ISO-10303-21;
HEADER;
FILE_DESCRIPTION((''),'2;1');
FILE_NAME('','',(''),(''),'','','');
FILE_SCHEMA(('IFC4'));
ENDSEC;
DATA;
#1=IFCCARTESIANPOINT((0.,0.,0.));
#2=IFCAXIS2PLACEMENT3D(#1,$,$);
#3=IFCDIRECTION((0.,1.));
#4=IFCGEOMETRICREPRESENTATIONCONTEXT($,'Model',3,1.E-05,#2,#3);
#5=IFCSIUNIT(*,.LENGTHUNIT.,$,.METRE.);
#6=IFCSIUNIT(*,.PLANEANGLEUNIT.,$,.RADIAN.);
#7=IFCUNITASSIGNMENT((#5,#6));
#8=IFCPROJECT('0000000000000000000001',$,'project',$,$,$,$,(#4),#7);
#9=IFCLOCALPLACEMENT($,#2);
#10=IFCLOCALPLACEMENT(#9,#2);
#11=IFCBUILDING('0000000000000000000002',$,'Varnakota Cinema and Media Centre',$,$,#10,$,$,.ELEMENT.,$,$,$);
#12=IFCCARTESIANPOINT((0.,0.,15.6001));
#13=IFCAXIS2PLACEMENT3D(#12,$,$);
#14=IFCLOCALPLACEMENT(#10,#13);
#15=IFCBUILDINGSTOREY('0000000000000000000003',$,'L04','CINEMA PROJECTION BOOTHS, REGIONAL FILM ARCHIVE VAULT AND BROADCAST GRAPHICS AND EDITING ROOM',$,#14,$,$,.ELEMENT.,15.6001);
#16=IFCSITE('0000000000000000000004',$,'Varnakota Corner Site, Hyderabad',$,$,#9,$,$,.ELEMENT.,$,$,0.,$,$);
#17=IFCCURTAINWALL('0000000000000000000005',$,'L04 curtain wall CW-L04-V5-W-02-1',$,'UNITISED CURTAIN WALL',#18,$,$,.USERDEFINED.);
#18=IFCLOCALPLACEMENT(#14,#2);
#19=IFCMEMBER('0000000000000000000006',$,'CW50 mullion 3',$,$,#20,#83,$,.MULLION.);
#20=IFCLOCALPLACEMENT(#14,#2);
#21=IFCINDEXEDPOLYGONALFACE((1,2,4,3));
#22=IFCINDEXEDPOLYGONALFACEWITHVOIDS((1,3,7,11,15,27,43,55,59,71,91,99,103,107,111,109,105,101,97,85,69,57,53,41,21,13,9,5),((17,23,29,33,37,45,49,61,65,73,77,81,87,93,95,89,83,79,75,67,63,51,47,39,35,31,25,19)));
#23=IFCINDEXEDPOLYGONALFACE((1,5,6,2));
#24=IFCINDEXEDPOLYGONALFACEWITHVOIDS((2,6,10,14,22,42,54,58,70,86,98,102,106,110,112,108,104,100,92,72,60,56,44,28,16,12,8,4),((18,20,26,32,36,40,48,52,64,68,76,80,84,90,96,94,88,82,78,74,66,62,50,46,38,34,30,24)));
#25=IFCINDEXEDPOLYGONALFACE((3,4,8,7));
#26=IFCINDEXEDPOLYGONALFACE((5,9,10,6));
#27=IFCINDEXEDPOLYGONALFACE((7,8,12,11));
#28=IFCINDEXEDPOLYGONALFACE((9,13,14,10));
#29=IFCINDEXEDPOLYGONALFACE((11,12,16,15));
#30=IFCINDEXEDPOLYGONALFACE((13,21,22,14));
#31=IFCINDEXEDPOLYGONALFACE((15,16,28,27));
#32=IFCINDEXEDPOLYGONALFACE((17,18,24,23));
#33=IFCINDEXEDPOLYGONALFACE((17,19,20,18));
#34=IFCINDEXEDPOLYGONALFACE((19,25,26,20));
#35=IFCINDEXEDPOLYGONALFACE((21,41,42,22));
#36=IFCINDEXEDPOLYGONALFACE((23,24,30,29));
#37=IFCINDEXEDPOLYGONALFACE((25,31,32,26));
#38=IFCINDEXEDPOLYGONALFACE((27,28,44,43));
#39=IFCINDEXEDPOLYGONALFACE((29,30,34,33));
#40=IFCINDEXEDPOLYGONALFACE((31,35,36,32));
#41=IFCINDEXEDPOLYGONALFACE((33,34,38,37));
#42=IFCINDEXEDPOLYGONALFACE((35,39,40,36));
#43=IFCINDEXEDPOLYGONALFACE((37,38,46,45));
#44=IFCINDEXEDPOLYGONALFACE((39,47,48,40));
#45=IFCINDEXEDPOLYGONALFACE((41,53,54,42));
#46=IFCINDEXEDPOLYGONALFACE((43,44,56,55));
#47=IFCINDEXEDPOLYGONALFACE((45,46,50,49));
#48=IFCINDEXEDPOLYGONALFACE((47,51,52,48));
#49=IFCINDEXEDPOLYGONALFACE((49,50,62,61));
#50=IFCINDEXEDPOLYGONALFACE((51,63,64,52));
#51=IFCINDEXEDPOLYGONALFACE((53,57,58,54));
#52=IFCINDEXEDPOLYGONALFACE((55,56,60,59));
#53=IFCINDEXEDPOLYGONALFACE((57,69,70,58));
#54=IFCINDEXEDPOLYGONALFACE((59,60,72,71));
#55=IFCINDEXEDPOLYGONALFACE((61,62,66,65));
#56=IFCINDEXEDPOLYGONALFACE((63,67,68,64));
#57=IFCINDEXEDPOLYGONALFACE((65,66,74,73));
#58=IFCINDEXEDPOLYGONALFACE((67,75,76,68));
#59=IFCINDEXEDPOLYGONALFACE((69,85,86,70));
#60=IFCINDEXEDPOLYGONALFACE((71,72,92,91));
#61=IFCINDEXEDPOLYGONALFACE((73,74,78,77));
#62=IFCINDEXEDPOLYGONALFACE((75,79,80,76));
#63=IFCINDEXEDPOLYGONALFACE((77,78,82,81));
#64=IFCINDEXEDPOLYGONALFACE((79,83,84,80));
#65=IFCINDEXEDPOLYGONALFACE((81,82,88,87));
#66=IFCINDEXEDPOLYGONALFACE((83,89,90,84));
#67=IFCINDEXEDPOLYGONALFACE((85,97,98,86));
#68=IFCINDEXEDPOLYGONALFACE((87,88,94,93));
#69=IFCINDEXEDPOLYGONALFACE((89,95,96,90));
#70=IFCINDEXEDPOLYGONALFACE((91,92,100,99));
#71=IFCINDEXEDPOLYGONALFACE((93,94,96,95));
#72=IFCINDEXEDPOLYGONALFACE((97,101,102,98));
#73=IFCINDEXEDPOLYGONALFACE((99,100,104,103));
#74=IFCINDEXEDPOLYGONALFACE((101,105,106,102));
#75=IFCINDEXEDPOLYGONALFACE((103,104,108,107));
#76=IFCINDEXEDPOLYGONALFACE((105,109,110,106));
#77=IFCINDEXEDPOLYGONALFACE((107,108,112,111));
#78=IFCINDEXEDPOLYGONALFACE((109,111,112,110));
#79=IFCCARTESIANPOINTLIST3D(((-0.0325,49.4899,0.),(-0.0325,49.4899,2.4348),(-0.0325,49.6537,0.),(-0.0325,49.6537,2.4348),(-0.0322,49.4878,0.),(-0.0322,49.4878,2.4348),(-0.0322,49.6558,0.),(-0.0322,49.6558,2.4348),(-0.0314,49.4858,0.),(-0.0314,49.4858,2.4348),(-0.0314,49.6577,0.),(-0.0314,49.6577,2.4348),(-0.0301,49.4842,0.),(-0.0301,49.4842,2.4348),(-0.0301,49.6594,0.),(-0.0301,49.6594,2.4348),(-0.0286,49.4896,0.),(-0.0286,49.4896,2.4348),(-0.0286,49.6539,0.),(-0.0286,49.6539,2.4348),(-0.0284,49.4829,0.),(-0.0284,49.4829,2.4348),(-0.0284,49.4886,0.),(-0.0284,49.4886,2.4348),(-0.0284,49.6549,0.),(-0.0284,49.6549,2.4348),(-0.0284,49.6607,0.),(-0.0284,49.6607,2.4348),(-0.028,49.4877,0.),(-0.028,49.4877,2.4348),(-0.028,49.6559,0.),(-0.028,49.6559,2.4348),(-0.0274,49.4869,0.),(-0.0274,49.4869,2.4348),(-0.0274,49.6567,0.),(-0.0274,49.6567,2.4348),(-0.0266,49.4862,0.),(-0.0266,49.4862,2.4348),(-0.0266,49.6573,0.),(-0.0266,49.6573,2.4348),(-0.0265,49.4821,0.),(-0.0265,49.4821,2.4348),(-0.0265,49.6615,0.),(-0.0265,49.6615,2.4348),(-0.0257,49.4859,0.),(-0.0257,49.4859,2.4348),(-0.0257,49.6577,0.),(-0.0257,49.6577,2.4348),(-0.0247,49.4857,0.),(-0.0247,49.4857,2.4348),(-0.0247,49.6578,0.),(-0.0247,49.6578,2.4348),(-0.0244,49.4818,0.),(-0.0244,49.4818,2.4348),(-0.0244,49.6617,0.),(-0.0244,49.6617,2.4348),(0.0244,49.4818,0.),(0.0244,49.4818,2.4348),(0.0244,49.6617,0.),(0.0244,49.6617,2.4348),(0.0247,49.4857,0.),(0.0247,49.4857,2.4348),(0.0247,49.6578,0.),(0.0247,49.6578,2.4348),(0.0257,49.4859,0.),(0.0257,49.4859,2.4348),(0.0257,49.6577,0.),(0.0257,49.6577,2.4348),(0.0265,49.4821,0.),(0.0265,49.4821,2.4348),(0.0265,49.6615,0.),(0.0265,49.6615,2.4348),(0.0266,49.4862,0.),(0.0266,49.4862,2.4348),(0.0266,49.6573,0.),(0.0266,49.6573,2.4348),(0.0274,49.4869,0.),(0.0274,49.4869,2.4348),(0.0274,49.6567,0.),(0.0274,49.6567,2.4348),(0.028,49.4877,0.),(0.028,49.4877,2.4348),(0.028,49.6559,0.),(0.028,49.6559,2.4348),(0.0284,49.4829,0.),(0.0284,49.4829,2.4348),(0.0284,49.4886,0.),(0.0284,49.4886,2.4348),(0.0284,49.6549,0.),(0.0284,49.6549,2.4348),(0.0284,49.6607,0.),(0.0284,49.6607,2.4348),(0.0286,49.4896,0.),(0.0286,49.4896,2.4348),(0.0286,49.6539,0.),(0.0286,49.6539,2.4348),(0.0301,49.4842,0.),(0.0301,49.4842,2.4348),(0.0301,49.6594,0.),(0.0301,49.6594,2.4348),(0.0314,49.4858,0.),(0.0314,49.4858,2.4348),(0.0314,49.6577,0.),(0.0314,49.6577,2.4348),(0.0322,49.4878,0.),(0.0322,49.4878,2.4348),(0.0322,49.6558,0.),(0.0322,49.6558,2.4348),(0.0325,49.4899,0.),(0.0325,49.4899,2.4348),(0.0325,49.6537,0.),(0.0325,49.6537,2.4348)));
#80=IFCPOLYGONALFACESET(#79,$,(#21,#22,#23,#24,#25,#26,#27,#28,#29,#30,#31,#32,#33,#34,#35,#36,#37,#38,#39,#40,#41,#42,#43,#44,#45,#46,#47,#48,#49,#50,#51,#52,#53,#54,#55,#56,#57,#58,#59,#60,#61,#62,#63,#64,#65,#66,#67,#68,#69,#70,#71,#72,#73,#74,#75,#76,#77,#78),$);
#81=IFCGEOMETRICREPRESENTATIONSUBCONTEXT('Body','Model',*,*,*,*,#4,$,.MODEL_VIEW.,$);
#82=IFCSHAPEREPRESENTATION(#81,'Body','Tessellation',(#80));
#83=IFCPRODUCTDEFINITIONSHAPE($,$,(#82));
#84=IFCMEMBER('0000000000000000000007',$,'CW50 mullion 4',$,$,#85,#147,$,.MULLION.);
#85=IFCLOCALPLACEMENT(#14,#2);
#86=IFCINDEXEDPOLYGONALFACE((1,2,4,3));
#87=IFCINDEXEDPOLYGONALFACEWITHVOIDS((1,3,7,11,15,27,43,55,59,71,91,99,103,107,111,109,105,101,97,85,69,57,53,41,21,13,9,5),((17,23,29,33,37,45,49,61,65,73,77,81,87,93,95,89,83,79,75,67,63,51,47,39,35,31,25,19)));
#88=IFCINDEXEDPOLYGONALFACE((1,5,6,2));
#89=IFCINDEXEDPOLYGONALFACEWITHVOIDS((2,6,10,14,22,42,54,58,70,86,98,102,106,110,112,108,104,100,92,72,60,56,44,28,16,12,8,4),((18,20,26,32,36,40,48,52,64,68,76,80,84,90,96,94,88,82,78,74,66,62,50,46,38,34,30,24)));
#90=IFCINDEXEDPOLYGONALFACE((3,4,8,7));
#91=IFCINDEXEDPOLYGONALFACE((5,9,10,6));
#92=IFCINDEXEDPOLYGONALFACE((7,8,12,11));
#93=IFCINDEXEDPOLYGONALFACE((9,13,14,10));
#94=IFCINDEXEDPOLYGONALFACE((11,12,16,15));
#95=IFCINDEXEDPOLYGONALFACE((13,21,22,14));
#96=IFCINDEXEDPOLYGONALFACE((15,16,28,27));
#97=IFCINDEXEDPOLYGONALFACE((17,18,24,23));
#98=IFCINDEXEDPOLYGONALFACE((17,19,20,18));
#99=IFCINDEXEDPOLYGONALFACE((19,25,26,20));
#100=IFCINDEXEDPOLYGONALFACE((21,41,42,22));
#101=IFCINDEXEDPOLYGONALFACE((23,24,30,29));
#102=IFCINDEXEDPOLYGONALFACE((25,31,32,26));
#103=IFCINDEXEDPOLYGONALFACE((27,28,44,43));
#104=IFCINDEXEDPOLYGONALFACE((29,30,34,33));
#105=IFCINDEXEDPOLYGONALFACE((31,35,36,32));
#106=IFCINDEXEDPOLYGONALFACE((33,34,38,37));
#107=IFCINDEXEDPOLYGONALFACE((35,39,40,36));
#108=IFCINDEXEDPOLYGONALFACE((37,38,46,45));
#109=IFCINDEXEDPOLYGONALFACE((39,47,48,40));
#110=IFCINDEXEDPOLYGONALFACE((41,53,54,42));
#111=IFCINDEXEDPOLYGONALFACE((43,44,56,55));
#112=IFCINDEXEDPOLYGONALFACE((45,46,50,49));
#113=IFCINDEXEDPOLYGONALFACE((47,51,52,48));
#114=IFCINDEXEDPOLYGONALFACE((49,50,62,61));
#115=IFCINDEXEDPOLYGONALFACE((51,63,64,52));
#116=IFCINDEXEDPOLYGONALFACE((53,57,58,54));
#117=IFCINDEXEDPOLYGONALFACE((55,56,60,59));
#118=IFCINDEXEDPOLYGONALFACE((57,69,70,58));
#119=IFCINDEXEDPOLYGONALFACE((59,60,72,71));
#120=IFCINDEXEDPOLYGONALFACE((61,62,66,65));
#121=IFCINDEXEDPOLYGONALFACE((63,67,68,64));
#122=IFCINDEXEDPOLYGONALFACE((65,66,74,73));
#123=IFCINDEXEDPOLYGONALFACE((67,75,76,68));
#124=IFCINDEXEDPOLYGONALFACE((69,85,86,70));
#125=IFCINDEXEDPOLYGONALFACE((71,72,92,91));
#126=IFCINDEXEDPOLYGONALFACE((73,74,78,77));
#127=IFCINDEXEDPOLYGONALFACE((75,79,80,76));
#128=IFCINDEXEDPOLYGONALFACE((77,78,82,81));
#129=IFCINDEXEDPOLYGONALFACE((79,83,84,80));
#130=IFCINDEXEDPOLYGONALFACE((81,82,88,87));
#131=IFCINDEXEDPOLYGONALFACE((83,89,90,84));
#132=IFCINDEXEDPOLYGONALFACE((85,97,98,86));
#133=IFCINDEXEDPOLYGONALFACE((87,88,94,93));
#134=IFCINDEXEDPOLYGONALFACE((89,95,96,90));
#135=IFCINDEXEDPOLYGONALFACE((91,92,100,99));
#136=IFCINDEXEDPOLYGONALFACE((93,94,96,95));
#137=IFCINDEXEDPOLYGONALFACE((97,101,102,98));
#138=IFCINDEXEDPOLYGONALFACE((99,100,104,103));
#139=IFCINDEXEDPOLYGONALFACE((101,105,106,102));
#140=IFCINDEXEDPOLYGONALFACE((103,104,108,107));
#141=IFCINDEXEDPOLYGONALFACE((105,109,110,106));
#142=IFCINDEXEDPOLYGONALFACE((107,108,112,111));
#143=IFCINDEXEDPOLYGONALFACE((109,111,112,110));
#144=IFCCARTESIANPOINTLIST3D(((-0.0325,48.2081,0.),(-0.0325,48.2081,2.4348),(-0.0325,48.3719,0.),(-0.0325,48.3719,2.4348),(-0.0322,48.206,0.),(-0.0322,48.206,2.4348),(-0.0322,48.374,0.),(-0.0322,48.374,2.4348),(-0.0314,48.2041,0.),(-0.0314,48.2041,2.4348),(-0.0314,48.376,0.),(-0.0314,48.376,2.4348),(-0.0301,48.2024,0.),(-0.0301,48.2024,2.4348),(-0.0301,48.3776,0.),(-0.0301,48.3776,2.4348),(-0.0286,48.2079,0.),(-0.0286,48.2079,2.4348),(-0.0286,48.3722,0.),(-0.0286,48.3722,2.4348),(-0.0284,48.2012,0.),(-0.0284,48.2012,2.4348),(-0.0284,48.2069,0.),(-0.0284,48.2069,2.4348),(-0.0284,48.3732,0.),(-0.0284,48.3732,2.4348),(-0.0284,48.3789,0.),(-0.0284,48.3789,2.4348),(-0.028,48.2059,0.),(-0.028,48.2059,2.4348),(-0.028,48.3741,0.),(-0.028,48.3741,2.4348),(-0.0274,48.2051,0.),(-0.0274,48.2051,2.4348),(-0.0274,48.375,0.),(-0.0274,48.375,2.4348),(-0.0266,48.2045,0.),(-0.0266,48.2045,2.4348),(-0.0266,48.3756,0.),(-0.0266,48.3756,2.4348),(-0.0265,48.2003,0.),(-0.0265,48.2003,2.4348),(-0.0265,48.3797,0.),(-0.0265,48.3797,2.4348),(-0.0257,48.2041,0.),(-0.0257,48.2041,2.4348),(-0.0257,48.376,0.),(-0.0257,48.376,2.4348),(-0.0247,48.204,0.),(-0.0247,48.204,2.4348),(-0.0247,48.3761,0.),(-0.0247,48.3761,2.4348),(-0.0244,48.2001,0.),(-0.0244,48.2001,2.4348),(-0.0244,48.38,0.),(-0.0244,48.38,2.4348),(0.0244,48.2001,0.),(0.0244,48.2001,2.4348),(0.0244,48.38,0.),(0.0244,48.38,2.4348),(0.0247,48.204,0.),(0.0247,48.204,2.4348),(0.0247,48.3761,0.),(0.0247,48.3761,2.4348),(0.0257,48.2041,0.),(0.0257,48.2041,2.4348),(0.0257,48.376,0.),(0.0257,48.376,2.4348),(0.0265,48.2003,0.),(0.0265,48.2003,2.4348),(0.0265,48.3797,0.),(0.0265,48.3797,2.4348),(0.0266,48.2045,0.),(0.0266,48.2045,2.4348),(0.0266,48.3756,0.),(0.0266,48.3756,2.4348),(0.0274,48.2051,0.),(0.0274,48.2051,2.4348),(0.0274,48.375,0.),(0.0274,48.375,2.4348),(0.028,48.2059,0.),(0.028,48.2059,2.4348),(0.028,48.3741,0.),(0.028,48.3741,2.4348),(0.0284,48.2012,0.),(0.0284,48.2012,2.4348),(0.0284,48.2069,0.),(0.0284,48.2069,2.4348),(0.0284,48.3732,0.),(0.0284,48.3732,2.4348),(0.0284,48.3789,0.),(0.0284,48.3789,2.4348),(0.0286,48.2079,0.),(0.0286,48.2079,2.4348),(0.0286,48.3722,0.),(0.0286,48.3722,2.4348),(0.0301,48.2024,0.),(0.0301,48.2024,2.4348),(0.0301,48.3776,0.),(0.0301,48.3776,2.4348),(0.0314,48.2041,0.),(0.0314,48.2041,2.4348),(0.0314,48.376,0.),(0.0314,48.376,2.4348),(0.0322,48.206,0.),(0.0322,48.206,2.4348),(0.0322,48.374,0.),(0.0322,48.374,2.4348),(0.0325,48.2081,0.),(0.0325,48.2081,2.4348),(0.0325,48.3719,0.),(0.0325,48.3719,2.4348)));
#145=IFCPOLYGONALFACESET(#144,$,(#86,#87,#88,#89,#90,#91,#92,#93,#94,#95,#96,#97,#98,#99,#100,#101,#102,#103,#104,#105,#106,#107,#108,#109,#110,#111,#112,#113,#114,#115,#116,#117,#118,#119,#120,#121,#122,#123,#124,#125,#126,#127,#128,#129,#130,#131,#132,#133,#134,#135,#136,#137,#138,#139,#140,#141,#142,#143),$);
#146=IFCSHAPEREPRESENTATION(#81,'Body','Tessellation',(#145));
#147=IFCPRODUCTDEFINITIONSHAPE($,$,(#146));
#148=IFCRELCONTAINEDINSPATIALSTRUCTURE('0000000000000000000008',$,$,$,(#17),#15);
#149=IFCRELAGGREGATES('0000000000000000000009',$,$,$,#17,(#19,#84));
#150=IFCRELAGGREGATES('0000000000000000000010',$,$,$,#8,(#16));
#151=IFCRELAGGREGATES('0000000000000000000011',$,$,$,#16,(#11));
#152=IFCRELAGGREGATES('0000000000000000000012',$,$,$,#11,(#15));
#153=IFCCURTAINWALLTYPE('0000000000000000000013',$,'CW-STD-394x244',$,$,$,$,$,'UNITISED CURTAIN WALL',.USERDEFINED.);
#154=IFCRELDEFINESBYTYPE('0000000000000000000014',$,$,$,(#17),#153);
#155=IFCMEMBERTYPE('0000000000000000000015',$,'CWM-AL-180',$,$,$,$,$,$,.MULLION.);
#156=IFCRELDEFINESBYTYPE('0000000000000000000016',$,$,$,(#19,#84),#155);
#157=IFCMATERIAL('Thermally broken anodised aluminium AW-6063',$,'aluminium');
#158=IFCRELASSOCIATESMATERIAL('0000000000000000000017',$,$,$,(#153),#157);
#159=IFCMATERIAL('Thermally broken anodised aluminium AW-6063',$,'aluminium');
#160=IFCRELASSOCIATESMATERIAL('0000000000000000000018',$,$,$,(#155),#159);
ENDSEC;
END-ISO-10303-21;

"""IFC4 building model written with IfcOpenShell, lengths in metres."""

from ifc_helpers import new_model, si_unit, direction, frame, origin, origin_2d, place, context, subcontext, project, spatial, hollow_rectangle, extrude, material, material_profile, profile_set, type_object, element, aggregate, save


model = new_model("IFC4")

# Units and contexts
model_context = context("Model", 3, precision=1e-05, world=origin(), true_north=direction((0.0, 1.0)))
body_context = subcontext(model_context, "Body", "Model", "MODEL_VIEW")
ifc_project = project(units=[si_unit("LENGTHUNIT", "METRE"), si_unit("PLANEANGLEUNIT", "RADIAN")], contexts=[model_context])

# Site, building, storey
site_placement = place(None, origin())
site = spatial("IfcSite", under=ifc_project, at=site_placement, Name="Varnakota Corner Site, Hyderabad", CompositionType="ELEMENT", RefElevation=0.0)
building_placement = place(site_placement, origin())
building = spatial("IfcBuilding", under=site, at=building_placement, Name="Varnakota Cinema and Media Centre", CompositionType="ELEMENT")
storey_placement = place(building_placement, frame((0.0, 0.0, 15.6001)))
storey = spatial("IfcBuildingStorey", under=building, at=storey_placement, Name="L04", Description="CINEMA PROJECTION BOOTHS, REGIONAL FILM ARCHIVE VAULT AND BROADCAST GRAPHICS AND EDITING ROOM", CompositionType="ELEMENT", Elevation=15.6001)

# Curtain wall, members
ifc_material_1 = material(Name="Thermally broken anodised aluminium AW-6063", Category="aluminium")
curtain_wall_type = type_object("IfcCurtainWallType", Name="CW-STD-394x244", ElementType="UNITISED CURTAIN WALL", PredefinedType="USERDEFINED", material=ifc_material_1)
curtain_wall_1_placement = place(storey_placement, origin())
curtain_wall_1 = element("IfcCurtainWall", 1, at=curtain_wall_1_placement, inside=storey, type_object=curtain_wall_type, Name="L04 curtain wall CW-L04-V5-W-02-1", ObjectType="UNITISED CURTAIN WALL", PredefinedType="USERDEFINED")
ifc_material_2 = material(Name="Thermally broken anodised aluminium AW-6063", Category="aluminium")
ifc_material_profile_1 = material_profile(ifc_material_2, hollow_rectangle(XDim=0.0649, YDim=0.1799, WallThickness=0.0039, InnerFilletRadius=0.0039, OuterFilletRadius=0.0081, at=origin_2d()), Name="AL-MULLION 180x65x4")
ifc_profile_set_1 = profile_set([ifc_material_profile_1], Name="Thermally broken anodised aluminium AW-6063")
member_type_1 = type_object("IfcMemberType", Name="CWM-AL-180", PredefinedType="MULLION", material=ifc_profile_set_1)
member_1_placement = place(storey_placement, frame((0.0, 49.5718, 0.0), z_axis=(0.0, 0.0, 1.0), x_axis=(1.0, 0.0, 0.0)))
member_1 = element("IfcMember", 2, at=member_1_placement, type_object=member_type_1, Name="CW50 mullion 3", PredefinedType="MULLION", context=body_context, shape_type="SweptSolid", body=[
    extrude(hollow_rectangle(XDim=0.0649, YDim=0.1799, WallThickness=0.0039, InnerFilletRadius=0.0039, OuterFilletRadius=0.0081, at=origin_2d()), origin(), (0.0, 0.0, 1.0), 2.4348),
])
member_2_placement = place(storey_placement, frame((0.0, 48.29, 0.0), z_axis=(0.0, 0.0, 1.0), x_axis=(1.0, 0.0, 0.0)))
member_2 = element("IfcMember", 3, at=member_2_placement, type_object=member_type_1, Name="CW50 mullion 4", PredefinedType="MULLION", context=body_context, shape_type="SweptSolid", body=[
    extrude(hollow_rectangle(XDim=0.0649, YDim=0.1799, WallThickness=0.0039, InnerFilletRadius=0.0039, OuterFilletRadius=0.0081, at=origin_2d()), origin(), (0.0, 0.0, 1.0), 2.4348),
])

aggregate(curtain_wall_1, [member_1, member_2])

save(model, "model.ifc")
